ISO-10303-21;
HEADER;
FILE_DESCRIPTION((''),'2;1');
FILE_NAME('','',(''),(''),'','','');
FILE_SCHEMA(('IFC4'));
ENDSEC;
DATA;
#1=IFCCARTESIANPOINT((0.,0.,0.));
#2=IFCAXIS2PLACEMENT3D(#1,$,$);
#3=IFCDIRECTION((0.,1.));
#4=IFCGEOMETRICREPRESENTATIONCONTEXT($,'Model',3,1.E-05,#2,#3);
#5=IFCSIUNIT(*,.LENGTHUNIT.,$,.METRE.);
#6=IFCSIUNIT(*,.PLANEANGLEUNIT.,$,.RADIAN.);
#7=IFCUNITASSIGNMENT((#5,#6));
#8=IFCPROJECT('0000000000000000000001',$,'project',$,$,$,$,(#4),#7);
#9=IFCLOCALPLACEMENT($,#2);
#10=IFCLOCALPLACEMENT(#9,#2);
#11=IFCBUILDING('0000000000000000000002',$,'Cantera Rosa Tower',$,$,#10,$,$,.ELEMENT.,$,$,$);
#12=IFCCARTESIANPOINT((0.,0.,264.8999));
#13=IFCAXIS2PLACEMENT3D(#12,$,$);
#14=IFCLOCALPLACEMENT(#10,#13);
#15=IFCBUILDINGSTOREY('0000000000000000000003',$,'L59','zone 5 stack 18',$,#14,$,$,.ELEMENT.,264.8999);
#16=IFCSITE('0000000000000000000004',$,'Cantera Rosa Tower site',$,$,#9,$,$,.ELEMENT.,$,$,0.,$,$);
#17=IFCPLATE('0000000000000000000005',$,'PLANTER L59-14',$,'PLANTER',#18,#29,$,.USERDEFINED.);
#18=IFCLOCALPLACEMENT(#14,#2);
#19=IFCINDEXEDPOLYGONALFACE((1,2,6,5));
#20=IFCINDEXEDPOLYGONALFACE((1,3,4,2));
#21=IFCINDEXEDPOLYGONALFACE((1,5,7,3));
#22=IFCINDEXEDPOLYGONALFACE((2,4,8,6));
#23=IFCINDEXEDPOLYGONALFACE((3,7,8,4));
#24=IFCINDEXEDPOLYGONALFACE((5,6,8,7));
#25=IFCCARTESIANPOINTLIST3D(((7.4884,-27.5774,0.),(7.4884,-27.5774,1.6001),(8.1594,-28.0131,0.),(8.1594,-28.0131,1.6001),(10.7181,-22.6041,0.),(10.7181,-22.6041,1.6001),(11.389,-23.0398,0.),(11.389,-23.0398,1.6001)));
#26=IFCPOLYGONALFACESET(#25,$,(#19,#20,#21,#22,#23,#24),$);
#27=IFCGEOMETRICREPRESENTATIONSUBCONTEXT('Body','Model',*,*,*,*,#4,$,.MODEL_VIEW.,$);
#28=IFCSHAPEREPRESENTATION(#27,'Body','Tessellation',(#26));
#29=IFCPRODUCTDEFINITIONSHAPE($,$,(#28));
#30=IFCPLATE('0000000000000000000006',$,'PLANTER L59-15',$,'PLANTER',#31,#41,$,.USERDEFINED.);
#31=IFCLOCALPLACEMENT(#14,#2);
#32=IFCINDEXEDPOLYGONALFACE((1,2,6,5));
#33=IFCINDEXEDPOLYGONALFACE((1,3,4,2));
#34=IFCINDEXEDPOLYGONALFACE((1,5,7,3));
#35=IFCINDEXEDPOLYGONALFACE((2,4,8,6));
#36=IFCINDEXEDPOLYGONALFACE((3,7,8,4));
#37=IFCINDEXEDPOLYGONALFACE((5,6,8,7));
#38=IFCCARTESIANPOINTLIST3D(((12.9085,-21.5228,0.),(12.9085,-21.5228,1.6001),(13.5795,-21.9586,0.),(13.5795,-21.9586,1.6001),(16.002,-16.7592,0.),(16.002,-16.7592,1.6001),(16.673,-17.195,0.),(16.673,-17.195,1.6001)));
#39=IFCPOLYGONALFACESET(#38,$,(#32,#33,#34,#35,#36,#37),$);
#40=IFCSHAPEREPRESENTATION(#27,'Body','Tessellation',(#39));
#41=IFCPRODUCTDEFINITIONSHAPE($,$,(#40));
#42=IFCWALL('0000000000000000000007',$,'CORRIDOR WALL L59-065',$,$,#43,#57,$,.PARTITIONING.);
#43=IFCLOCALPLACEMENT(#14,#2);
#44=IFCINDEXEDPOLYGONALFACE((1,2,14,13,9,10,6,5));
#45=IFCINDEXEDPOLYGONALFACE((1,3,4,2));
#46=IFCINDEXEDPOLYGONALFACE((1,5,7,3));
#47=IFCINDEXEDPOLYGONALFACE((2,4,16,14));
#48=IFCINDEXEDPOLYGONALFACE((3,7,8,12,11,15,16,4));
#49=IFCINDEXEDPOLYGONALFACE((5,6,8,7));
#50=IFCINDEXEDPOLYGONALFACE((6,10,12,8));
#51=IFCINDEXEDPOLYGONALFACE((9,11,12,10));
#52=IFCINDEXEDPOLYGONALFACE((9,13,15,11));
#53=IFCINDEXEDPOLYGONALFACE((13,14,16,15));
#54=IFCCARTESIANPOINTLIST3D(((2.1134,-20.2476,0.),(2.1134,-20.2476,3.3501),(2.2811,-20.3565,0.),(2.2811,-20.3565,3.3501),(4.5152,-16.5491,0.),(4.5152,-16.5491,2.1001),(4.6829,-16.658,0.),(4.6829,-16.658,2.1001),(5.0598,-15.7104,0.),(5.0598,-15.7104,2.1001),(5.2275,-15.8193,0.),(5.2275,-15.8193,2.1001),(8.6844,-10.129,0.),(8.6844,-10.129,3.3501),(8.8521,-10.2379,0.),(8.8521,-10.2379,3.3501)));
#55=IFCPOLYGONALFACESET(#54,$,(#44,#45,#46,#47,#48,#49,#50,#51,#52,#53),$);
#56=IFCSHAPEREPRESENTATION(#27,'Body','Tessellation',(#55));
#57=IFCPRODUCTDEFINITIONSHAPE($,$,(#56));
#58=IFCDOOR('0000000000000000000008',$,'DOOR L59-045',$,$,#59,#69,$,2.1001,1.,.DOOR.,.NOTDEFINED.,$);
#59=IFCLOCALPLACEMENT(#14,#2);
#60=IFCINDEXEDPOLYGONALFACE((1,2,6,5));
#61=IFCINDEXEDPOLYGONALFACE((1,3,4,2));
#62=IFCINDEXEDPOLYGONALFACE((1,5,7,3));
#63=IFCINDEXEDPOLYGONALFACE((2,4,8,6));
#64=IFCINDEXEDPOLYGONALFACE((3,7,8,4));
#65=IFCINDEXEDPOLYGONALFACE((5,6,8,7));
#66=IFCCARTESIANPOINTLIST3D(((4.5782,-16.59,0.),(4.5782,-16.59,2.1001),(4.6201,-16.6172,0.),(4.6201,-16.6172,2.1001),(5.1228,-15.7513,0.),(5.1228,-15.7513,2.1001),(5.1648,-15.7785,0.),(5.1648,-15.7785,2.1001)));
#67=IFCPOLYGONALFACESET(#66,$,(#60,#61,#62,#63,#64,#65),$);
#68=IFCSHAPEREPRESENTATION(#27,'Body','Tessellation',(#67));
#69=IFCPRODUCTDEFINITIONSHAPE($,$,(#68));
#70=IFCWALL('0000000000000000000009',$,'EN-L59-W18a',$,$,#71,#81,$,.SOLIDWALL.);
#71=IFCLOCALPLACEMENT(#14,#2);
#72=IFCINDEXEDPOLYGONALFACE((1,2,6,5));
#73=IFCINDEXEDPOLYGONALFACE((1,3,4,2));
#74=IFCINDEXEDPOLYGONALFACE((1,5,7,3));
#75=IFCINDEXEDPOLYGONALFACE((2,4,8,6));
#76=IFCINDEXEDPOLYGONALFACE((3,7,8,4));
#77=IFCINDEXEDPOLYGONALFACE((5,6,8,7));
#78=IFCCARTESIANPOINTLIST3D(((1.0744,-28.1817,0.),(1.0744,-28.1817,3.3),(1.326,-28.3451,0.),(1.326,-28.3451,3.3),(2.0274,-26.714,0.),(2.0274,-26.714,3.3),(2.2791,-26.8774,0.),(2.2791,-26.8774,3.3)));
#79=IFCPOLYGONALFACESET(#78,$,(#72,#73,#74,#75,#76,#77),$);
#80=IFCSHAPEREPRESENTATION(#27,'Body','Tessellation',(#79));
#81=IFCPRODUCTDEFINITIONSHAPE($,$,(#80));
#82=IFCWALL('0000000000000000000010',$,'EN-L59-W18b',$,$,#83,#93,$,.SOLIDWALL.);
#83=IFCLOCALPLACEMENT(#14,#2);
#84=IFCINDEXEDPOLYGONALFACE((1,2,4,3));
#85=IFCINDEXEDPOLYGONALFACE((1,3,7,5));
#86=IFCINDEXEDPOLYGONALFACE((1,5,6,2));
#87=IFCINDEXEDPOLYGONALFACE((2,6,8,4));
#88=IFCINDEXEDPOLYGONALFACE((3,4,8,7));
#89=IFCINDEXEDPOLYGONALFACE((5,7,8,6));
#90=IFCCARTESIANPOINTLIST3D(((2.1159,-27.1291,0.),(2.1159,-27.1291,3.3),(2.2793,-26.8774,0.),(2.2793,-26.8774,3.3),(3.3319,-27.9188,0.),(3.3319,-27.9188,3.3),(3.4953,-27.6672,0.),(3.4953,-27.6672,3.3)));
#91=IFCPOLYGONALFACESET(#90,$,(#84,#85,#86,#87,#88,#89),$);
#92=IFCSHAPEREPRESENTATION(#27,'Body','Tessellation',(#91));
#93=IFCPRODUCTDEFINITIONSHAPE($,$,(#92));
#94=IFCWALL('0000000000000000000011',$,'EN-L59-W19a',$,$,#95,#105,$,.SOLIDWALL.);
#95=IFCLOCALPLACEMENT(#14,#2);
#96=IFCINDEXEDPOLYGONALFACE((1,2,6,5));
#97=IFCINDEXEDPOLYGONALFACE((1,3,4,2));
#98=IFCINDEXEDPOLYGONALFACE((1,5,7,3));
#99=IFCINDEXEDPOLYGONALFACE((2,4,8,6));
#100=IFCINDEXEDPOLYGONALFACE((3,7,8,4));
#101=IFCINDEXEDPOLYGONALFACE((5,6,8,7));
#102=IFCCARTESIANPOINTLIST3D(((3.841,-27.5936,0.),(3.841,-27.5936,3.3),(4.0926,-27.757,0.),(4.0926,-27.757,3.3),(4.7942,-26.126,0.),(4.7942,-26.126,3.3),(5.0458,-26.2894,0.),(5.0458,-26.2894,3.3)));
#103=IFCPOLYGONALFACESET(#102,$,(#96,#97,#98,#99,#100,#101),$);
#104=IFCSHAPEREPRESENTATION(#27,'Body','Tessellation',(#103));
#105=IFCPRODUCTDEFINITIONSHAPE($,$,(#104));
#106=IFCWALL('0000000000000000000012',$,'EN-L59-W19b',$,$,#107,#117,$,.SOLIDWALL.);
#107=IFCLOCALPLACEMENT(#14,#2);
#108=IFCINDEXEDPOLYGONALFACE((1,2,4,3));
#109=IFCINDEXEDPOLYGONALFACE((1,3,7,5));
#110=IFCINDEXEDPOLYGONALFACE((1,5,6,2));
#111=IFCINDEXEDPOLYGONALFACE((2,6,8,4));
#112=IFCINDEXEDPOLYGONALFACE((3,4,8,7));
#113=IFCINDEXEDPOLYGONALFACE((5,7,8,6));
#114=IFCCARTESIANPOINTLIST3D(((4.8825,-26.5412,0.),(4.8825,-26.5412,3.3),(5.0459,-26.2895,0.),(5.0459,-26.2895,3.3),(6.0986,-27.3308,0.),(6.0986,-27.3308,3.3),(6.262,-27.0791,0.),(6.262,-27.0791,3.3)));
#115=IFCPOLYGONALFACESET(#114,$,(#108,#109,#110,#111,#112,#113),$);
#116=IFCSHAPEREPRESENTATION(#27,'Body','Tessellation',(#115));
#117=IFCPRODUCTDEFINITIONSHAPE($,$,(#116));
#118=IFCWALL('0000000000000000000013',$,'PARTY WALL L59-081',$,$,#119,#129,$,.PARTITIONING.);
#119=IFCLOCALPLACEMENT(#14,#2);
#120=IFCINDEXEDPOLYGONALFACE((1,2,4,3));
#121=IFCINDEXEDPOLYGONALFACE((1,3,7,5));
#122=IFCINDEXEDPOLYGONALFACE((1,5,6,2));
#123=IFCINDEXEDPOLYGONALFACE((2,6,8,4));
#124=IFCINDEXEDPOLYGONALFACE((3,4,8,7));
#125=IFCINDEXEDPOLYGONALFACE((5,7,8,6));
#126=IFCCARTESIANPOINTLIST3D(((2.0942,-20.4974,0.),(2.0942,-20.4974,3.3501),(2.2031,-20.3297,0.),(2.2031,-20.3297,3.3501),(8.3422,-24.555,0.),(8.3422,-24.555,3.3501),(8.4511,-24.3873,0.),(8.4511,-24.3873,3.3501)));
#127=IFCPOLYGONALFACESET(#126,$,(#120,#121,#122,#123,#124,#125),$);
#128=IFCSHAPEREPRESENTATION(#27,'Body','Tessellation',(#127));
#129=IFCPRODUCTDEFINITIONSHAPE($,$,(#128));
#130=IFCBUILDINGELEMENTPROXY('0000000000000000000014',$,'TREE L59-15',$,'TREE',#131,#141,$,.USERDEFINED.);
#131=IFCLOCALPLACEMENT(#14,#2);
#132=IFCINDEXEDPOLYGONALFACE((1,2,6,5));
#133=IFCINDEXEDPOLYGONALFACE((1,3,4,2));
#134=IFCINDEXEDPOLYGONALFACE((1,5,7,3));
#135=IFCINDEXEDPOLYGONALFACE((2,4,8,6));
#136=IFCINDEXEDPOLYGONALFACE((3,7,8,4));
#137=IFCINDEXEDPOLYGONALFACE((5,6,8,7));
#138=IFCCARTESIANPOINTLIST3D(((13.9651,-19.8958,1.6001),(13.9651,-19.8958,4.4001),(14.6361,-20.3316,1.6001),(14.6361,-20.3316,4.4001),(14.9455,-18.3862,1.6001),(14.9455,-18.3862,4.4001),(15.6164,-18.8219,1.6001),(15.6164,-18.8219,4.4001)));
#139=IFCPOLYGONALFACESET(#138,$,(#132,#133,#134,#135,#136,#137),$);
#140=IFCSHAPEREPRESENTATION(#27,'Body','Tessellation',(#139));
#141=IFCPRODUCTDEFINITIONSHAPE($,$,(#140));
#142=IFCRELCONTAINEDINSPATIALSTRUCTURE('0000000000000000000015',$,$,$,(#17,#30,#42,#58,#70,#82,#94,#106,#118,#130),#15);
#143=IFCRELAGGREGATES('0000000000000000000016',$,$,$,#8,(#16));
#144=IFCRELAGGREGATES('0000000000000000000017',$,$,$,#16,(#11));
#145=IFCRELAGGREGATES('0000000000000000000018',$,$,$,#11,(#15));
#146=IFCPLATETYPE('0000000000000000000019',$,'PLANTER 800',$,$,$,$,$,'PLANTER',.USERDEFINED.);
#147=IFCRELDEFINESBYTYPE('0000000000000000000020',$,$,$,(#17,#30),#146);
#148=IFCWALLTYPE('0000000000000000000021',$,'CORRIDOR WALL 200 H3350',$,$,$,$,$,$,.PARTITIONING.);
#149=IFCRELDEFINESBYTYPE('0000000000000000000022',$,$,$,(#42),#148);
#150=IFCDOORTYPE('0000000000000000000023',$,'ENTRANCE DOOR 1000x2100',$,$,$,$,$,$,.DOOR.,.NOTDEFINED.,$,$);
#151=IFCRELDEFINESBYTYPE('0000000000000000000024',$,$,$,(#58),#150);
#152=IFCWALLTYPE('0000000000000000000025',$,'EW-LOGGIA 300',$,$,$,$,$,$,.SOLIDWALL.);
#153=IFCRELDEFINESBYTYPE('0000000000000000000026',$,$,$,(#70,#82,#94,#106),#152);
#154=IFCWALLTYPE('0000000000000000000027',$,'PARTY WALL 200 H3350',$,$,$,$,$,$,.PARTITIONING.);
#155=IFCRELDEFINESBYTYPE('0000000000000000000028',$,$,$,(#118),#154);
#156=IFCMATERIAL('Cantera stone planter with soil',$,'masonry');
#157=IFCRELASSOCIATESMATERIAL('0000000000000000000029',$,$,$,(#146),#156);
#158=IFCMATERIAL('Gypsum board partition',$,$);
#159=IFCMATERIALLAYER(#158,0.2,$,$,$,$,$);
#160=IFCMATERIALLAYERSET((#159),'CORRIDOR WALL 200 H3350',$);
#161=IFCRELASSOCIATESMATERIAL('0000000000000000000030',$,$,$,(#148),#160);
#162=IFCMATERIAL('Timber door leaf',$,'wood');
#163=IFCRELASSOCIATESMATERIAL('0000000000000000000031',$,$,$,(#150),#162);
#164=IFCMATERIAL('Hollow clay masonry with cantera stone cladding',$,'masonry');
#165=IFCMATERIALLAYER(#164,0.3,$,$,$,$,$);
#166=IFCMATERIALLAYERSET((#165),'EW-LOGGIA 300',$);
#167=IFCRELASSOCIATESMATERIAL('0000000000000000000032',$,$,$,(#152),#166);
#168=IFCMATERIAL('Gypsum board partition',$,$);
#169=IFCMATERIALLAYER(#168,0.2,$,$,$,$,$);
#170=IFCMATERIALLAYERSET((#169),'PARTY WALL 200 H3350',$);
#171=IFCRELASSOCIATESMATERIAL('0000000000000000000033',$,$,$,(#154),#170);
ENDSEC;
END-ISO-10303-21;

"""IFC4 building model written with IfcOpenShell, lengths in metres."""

from ifc_helpers import new_model, si_unit, direction, frame, frame_2d, origin, origin_2d, place, context, subcontext, project, spatial, rectangle, extrude, material, layer, layer_set, type_object, element, fill, save


model = new_model("IFC4")

# Units and contexts
model_context = context("Model", 3, precision=1e-05, world=origin(), true_north=direction((0.0, 1.0)))
body_context = subcontext(model_context, "Body", "Model", "MODEL_VIEW")
ifc_project = project(units=[si_unit("LENGTHUNIT", "METRE"), si_unit("PLANEANGLEUNIT", "RADIAN")], contexts=[model_context])

# Site, building, storey
site_placement = place(None, origin())
site = spatial("IfcSite", under=ifc_project, at=site_placement, Name="Cantera Rosa Tower site", CompositionType="ELEMENT", RefElevation=0.0)
building_placement = place(site_placement, origin())
building = spatial("IfcBuilding", under=site, at=building_placement, Name="Cantera Rosa Tower", CompositionType="ELEMENT")
storey_placement = place(building_placement, frame((0.0, 0.0, 264.8999)))
storey = spatial("IfcBuildingStorey", under=building, at=storey_placement, Name="L59", Description="zone 5 stack 18", CompositionType="ELEMENT", Elevation=264.8999)

# Plates
ifc_material_1 = material(Name="Cantera stone planter with soil", Category="masonry")
plate_type = type_object("IfcPlateType", Name="PLANTER 800", ElementType="PLANTER", PredefinedType="USERDEFINED", material=ifc_material_1)
plate_1_placement = place(storey_placement, frame((9.4387, -25.3086, 0.0), z_axis=(0.0, 0.0, 1.0), x_axis=(0.544639, 0.838671, 0.0)))
element("IfcPlate", 1, at=plate_1_placement, inside=storey, type_object=plate_type, Name="PLANTER L59-14", ObjectType="PLANTER", PredefinedType="USERDEFINED", context=body_context, shape_type="SweptSolid", body=[
    extrude(rectangle(XDim=5.9299, YDim=0.8, at=origin_2d()), origin(), (0.0, 0.0, 1.0), 1.6001),
])
plate_2_placement = place(storey_placement, frame((14.7908, -19.3589, 0.0), z_axis=(0.0, 0.0, 1.0), x_axis=(0.544639, 0.838671, 0.0)))
element("IfcPlate", 2, at=plate_2_placement, inside=storey, type_object=plate_type, Name="PLANTER L59-15", ObjectType="PLANTER", PredefinedType="USERDEFINED", context=body_context, shape_type="SweptSolid", body=[
    extrude(rectangle(XDim=5.6799, YDim=0.8, at=origin_2d()), origin(), (0.0, 0.0, 1.0), 1.6001),
])

# Wall, opening, door
ifc_material_2 = material(Name="Gypsum board partition")
ifc_layer_1 = layer(ifc_material_2, 0.2)
ifc_layer_set_1 = layer_set([ifc_layer_1], Name="CORRIDOR WALL 200 H3350")
wall_type_1 = type_object("IfcWallType", Name="CORRIDOR WALL 200 H3350", PredefinedType="PARTITIONING", material=ifc_layer_set_1)
wall_1_placement = place(storey_placement, frame((2.1973, -20.302, 0.0), z_axis=(0.0, 0.0, 1.0), x_axis=(0.544634, 0.838674, 0.0)))
wall_1 = element("IfcWall", 3, at=wall_1_placement, inside=storey, type_object=wall_type_1, Name="CORRIDOR WALL L59-065", PredefinedType="PARTITIONING", context=body_context, shape_type="SweptSolid", body=[
    extrude(rectangle(XDim=12.0649, YDim=0.2, at=frame_2d((6.0325, 0.0))), origin(), (0.0, 0.0, 1.0), 3.3501),
])
opening_1_placement = place(wall_1_placement, frame((4.4099, 0.0, 0.0)))
opening_1 = element("IfcOpeningElement", 4, at=opening_1_placement, cuts=wall_1, PredefinedType="OPENING", context=body_context, shape_type="SweptSolid", body=[
    extrude(rectangle(XDim=1.0, YDim=2.1001, at=frame_2d((0.5, 1.05))), frame((0.0, 0.1099, 0.0), z_axis=(0.0, -1.0, 0.0), x_axis=(1.0, 0.0, 0.0)), (0.0, 0.0, 1.0), 0.22),
])
ifc_material_3 = material(Name="Timber door leaf", Category="wood")
door_type_1 = type_object("IfcDoorType", Name="ENTRANCE DOOR 1000x2100", OperationType="NOTDEFINED", PredefinedType="DOOR", material=ifc_material_3)
door_1_placement = place(opening_1_placement, origin())
door_1 = element("IfcDoor", 5, at=door_1_placement, inside=storey, type_object=door_type_1, Name="DOOR L59-045", OperationType="NOTDEFINED", OverallHeight=2.1001, OverallWidth=1.0, PredefinedType="DOOR", context=body_context, shape_type="SweptSolid", body=[
    extrude(rectangle(XDim=1.0, YDim=2.1001, at=frame_2d((0.5, 1.05))), frame((0.0, 0.0249, 0.0), z_axis=(0.0, -1.0, 0.0), x_axis=(1.0, 0.0, 0.0)), (0.0, 0.0, 1.0), 0.05),
])
fill(opening_1, door_1)

# Walls
ifc_material_4 = material(Name="Hollow clay masonry with cantera stone cladding", Category="masonry")
ifc_layer_2 = layer(ifc_material_4, 0.3)
ifc_layer_set_2 = layer_set([ifc_layer_2], Name="EW-LOGGIA 300")
wall_type_2 = type_object("IfcWallType", Name="EW-LOGGIA 300", PredefinedType="SOLIDWALL", material=ifc_layer_set_2)
wall_2_placement = place(storey_placement, frame((1.2002, -28.2634, 0.0), z_axis=(0.0, 0.0, 1.0), x_axis=(0.544616, 0.838686, 0.0)))
element("IfcWall", 6, at=wall_2_placement, inside=storey, type_object=wall_type_2, Name="EN-L59-W18a", PredefinedType="SOLIDWALL", context=body_context, shape_type="SweptSolid", body=[
    extrude(rectangle(XDim=1.75, YDim=0.3, at=frame_2d((0.875, 0.0))), origin(), (0.0, 0.0, 1.0), 3.3),
])
wall_3_placement = place(storey_placement, frame((2.1975, -27.0032, 0.0), z_axis=(0.0, 0.0, 1.0), x_axis=(0.838647, -0.544675, 0.0)))
element("IfcWall", 7, at=wall_3_placement, inside=storey, type_object=wall_type_2, Name="EN-L59-W18b", PredefinedType="SOLIDWALL", context=body_context, shape_type="SweptSolid", body=[
    extrude(rectangle(XDim=1.45, YDim=0.3, at=frame_2d((0.7251, 0.0))), origin(), (0.0, 0.0, 1.0), 3.3),
])
wall_4_placement = place(storey_placement, frame((3.9668, -27.6753, 0.0), z_axis=(0.0, 0.0, 1.0), x_axis=(0.544679, 0.838644, 0.0)))
element("IfcWall", 8, at=wall_4_placement, inside=storey, type_object=wall_type_2, Name="EN-L59-W19a", PredefinedType="SOLIDWALL", context=body_context, shape_type="SweptSolid", body=[
    extrude(rectangle(XDim=1.75, YDim=0.3, at=frame_2d((0.875, 0.0))), origin(), (0.0, 0.0, 1.0), 3.3),
])
wall_5_placement = place(storey_placement, frame((4.9641, -26.4153, 0.0), z_axis=(0.0, 0.0, 1.0), x_axis=(0.838724, -0.544556, 0.0)))
element("IfcWall", 9, at=wall_5_placement, inside=storey, type_object=wall_type_2, Name="EN-L59-W19b", PredefinedType="SOLIDWALL", context=body_context, shape_type="SweptSolid", body=[
    extrude(rectangle(XDim=1.45, YDim=0.3, at=frame_2d((0.7251, 0.0))), origin(), (0.0, 0.0, 1.0), 3.3),
])

# Wall
ifc_material_5 = material(Name="Gypsum board partition")
ifc_layer_3 = layer(ifc_material_5, 0.2)
ifc_layer_set_3 = layer_set([ifc_layer_3], Name="PARTY WALL 200 H3350")
wall_type_3 = type_object("IfcWallType", Name="PARTY WALL 200 H3350", PredefinedType="PARTITIONING", material=ifc_layer_set_3)
wall_6_placement = place(storey_placement, frame((8.3967, -24.4712, 0.0), z_axis=(0.0, 0.0, 1.0), x_axis=(-0.838665, 0.544647, 0.0)))
element("IfcWall", 10, at=wall_6_placement, inside=storey, type_object=wall_type_3, Name="PARTY WALL L59-081", PredefinedType="PARTITIONING", context=body_context, shape_type="SweptSolid", body=[
    extrude(rectangle(XDim=7.45, YDim=0.2, at=frame_2d((3.7251, 0.0))), origin(), (0.0, 0.0, 1.0), 3.3501),
])

# Building element proxy
proxy_placement = place(storey_placement, frame((14.7908, -19.3589, 1.6001), z_axis=(0.0, 0.0, 1.0), x_axis=(0.544639, 0.838671, 0.0)))
element("IfcBuildingElementProxy", 11, at=proxy_placement, inside=storey, Name="TREE L59-15", ObjectType="TREE", PredefinedType="USERDEFINED", context=body_context, shape_type="SweptSolid", body=[
    extrude(rectangle(XDim=1.8, YDim=0.8, at=origin_2d()), origin(), (0.0, 0.0, 1.0), 2.8),
])

save(model, "model.ifc")
